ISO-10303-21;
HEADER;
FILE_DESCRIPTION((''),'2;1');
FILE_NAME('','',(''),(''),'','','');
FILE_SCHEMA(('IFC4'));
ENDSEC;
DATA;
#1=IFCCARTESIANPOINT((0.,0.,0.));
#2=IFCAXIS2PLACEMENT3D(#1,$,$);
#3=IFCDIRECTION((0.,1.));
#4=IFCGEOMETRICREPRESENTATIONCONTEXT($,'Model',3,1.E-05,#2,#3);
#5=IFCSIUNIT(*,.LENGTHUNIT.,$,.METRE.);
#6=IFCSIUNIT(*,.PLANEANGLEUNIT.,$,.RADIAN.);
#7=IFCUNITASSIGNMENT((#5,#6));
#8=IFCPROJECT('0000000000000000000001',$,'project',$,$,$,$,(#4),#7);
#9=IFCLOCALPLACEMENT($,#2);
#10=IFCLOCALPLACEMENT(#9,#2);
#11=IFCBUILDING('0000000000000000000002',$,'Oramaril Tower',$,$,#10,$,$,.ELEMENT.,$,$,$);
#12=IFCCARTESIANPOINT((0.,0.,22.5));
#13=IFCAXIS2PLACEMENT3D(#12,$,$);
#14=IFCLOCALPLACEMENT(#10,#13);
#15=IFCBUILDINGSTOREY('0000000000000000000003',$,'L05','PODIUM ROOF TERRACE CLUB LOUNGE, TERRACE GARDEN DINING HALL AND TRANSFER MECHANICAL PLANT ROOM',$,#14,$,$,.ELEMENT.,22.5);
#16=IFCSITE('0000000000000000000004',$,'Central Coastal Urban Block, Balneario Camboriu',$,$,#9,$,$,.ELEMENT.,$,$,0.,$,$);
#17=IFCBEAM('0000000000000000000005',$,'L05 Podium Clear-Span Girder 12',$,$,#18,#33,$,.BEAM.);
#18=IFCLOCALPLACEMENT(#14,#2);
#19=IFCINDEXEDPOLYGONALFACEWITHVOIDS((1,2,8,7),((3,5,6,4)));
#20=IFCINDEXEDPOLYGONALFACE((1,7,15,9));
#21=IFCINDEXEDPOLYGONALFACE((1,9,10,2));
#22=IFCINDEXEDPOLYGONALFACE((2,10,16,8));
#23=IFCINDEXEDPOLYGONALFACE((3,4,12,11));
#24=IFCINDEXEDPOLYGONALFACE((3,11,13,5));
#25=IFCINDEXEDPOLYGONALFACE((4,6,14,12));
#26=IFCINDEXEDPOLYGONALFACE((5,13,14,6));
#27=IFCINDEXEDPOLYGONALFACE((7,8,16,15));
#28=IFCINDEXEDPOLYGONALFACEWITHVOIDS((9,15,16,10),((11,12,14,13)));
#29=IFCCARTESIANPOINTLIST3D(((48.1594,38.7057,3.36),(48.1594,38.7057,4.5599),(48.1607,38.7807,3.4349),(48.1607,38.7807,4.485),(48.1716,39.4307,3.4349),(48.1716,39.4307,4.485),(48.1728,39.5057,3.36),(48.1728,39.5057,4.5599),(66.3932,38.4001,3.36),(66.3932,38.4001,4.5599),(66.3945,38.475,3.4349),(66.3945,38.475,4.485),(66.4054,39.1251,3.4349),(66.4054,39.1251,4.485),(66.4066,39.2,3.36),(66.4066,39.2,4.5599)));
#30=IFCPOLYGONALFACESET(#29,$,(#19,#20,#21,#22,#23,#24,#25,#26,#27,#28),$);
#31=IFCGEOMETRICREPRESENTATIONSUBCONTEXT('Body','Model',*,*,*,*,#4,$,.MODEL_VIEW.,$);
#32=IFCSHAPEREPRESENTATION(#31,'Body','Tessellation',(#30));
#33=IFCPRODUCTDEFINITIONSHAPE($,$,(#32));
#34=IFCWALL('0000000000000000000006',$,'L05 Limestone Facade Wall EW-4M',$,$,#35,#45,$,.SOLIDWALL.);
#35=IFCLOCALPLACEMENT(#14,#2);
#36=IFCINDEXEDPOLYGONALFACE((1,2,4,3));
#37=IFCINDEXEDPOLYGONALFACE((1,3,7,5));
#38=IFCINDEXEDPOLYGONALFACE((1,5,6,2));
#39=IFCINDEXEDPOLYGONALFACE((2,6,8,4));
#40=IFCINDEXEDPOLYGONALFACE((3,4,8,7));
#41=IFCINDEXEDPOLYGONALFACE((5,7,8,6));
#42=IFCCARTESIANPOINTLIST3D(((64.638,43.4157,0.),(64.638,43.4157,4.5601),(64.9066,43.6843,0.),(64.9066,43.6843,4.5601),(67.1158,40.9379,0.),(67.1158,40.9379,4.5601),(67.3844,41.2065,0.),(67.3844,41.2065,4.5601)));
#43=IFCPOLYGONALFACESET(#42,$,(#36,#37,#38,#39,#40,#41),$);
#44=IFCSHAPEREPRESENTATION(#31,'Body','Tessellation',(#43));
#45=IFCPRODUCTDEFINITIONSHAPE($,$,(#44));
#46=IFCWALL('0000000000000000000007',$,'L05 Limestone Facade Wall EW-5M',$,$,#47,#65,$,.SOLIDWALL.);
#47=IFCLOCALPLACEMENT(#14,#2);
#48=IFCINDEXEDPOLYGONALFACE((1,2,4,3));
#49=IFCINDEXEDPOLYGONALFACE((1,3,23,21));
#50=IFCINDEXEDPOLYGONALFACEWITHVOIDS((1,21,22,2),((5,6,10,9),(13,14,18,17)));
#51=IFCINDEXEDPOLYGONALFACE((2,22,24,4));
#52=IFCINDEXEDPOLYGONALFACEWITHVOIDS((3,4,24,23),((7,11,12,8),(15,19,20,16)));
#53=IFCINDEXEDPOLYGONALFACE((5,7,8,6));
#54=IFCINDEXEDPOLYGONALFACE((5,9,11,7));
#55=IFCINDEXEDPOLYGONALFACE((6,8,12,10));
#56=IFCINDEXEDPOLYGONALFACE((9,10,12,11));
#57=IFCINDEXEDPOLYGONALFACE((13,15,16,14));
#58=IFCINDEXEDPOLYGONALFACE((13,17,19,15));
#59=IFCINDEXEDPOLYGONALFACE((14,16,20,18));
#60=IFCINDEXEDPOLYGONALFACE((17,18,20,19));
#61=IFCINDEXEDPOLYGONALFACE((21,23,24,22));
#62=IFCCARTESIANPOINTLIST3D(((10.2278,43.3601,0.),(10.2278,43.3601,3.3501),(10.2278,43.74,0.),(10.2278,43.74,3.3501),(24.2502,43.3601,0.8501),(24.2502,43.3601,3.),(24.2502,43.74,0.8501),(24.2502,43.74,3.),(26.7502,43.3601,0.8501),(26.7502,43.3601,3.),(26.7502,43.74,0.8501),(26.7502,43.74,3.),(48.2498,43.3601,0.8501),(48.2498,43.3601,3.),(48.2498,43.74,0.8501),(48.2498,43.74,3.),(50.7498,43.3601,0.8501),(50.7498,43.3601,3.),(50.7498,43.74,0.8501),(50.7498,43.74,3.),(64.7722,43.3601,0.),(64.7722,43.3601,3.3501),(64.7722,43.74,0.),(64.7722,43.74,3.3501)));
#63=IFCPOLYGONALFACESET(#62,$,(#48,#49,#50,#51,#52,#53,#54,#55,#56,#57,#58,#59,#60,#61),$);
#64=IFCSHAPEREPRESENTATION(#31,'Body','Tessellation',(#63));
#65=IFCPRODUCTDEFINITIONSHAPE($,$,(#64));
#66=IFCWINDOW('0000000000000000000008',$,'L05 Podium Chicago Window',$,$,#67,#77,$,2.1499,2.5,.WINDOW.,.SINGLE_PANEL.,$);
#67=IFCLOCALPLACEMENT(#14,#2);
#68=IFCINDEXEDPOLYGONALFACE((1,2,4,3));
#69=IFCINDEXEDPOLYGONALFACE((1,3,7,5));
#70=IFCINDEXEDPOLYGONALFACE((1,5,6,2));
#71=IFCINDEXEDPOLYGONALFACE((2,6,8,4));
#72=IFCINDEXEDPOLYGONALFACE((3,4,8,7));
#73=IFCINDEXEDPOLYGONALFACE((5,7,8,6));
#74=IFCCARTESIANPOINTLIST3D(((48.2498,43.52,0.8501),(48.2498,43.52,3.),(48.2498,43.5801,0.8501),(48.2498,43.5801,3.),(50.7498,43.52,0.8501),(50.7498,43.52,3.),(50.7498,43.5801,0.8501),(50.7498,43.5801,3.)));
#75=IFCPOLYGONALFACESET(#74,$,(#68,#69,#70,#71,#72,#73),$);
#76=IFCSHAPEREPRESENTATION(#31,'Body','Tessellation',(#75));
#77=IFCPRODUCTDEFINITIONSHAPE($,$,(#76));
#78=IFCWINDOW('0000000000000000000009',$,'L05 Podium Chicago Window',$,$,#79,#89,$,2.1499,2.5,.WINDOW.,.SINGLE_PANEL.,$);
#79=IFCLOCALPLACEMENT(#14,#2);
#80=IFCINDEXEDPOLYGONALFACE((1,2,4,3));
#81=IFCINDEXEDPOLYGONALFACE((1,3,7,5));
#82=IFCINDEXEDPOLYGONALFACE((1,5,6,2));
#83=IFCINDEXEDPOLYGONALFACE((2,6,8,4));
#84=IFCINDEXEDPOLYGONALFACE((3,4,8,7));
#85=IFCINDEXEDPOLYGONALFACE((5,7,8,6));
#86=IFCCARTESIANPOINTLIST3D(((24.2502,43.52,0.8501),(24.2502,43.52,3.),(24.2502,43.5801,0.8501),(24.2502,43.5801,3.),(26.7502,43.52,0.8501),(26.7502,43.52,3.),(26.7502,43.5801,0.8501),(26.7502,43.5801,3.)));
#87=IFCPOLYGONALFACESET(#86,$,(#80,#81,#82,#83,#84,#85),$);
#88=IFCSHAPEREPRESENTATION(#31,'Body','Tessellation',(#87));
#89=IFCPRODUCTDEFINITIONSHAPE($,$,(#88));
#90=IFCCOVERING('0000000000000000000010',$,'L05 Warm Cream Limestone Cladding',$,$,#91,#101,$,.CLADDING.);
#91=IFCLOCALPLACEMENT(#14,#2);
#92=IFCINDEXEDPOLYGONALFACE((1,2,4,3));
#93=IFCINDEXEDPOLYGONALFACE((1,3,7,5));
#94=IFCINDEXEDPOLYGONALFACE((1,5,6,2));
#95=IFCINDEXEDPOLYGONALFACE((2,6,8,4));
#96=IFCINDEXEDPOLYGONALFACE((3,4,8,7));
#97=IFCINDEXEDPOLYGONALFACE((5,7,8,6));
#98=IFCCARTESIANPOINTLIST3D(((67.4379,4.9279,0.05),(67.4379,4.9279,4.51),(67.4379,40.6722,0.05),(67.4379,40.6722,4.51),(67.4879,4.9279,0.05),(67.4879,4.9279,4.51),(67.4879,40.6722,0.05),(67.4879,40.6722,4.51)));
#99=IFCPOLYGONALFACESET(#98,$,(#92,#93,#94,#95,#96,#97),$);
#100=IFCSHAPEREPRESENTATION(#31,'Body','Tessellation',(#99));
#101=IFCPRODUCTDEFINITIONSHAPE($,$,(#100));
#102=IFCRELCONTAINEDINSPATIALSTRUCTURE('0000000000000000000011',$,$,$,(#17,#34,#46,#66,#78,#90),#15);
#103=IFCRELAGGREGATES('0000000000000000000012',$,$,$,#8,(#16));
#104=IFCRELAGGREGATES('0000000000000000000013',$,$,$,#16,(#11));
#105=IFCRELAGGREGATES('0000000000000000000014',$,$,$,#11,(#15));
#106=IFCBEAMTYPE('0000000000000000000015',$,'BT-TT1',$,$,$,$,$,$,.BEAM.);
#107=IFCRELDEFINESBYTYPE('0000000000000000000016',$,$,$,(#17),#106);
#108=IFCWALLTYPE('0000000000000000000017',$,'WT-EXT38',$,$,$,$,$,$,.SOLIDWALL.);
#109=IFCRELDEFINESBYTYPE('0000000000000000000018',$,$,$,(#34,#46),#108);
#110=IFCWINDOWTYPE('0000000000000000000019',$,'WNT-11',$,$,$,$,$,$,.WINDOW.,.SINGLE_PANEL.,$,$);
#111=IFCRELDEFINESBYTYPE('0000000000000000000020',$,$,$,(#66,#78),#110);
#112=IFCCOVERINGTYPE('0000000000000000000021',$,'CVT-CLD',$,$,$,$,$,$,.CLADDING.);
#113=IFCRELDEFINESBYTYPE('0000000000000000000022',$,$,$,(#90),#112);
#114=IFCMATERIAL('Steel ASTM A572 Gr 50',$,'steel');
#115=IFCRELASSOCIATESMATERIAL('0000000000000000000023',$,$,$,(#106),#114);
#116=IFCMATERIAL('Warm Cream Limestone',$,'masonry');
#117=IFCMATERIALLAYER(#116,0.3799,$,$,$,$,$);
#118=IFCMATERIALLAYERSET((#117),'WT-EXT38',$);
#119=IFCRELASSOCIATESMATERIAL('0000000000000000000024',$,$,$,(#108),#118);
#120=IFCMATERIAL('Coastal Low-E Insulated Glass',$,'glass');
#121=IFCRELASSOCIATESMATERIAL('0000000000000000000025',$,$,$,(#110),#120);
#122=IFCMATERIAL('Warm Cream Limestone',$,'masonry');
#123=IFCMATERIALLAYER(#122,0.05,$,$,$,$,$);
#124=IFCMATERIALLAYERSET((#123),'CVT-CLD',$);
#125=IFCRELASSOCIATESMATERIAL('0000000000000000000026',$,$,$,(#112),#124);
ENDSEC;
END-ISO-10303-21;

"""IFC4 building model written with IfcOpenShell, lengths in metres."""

from ifc_helpers import new_model, si_unit, direction, frame, frame_2d, origin, origin_2d, place, context, subcontext, project, spatial, rectangle, hollow_rectangle, extrude, material, layer, layer_set, material_profile, profile_set, type_object, element, fill, save


model = new_model("IFC4")

# Units and contexts
model_context = context("Model", 3, precision=1e-05, world=origin(), true_north=direction((0.0, 1.0)))
body_context = subcontext(model_context, "Body", "Model", "MODEL_VIEW")
ifc_project = project(units=[si_unit("LENGTHUNIT", "METRE"), si_unit("PLANEANGLEUNIT", "RADIAN")], contexts=[model_context])

# Site, building, storey
site_placement = place(None, origin())
site = spatial("IfcSite", under=ifc_project, at=site_placement, Name="Central Coastal Urban Block, Balneario Camboriu", CompositionType="ELEMENT", RefElevation=0.0)
building_placement = place(site_placement, origin())
building = spatial("IfcBuilding", under=site, at=building_placement, Name="Oramaril Tower", CompositionType="ELEMENT")
storey_placement = place(building_placement, frame((0.0, 0.0, 22.5)))
storey = spatial("IfcBuildingStorey", under=building, at=storey_placement, Name="L05", Description="PODIUM ROOF TERRACE CLUB LOUNGE, TERRACE GARDEN DINING HALL AND TRANSFER MECHANICAL PLANT ROOM", CompositionType="ELEMENT", Elevation=22.5)

# Beam
ifc_material_1 = material(Name="Steel ASTM A572 Gr 50", Category="steel")
ifc_material_profile_1 = material_profile(ifc_material_1, hollow_rectangle(XDim=0.8, YDim=1.2, WallThickness=0.075, at=origin_2d()), Name="BOX1200X800X75")
ifc_profile_set_1 = profile_set([ifc_material_profile_1], Name="Steel ASTM A572 Gr 50")
beam_type_1 = type_object("IfcBeamType", Name="BT-TT1", PredefinedType="BEAM", material=ifc_profile_set_1)
beam_1_placement = place(storey_placement, frame((66.3999, 38.8, 3.96), z_axis=(-0.99986, 0.016761, 0.0), x_axis=(-0.016761, -0.99986, 0.0)))
element("IfcBeam", 1, at=beam_1_placement, inside=storey, type_object=beam_type_1, Name="L05 Podium Clear-Span Girder 12", PredefinedType="BEAM", context=body_context, shape_type="SweptSolid", body=[
    extrude(hollow_rectangle(XDim=0.8, YDim=1.2, WallThickness=0.075, at=origin_2d()), origin(), (0.0, 0.0, 1.0), 18.2363),
])

# Wall
ifc_material_2 = material(Name="Warm Cream Limestone", Category="masonry")
ifc_layer_1 = layer(ifc_material_2, 0.3799)
ifc_layer_set_1 = layer_set([ifc_layer_1], Name="WT-EXT38")
wall_type = type_object("IfcWallType", Name="WT-EXT38", PredefinedType="SOLIDWALL", material=ifc_layer_set_1)
wall_1_placement = place(storey_placement, frame((67.25, 41.0723, 0.0), z_axis=(0.0, 0.0, 1.0), x_axis=(-0.707107, 0.707107, 0.0)))
element("IfcWall", 2, at=wall_1_placement, inside=storey, type_object=wall_type, Name="L05 Limestone Facade Wall EW-4M", PredefinedType="SOLIDWALL", context=body_context, shape_type="SweptSolid", body=[
    extrude(rectangle(XDim=3.5042, YDim=0.3799, at=frame_2d((1.752, 0.0))), origin(), (0.0, 0.0, 1.0), 4.5601),
])

# Wall, openings, windows
wall_2_placement = place(storey_placement, frame((64.7722, 43.55, 0.0), z_axis=(0.0, 0.0, 1.0), x_axis=(-1.0, 0.0, 0.0)))
wall_2 = element("IfcWall", 3, at=wall_2_placement, inside=storey, type_object=wall_type, Name="L05 Limestone Facade Wall EW-5M", PredefinedType="SOLIDWALL", context=body_context, shape_type="SweptSolid", body=[
    extrude(rectangle(XDim=54.5444, YDim=0.3799, at=frame_2d((27.2722, 0.0))), origin(), (0.0, 0.0, 1.0), 3.3501),
])
opening_1_placement = place(wall_2_placement, frame((14.0225, 0.0, 0.8501)))
opening_1 = element("IfcOpeningElement", 4, at=opening_1_placement, cuts=wall_2, PredefinedType="OPENING", context=body_context, shape_type="SweptSolid", body=[
    extrude(rectangle(XDim=2.5, YDim=2.1499, at=frame_2d((1.25, 1.075))), frame((0.0, 0.1899, 0.0), z_axis=(0.0, -1.0, 0.0), x_axis=(1.0, 0.0, 0.0)), (0.0, 0.0, 1.0), 0.3799),
])
opening_2_placement = place(wall_2_placement, frame((38.022, 0.0, 0.8501)))
opening_2 = element("IfcOpeningElement", 5, at=opening_2_placement, cuts=wall_2, PredefinedType="OPENING", context=body_context, shape_type="SweptSolid", body=[
    extrude(rectangle(XDim=2.5, YDim=2.1499, at=frame_2d((1.25, 1.075))), frame((0.0, 0.1899, 0.0), z_axis=(0.0, -1.0, 0.0), x_axis=(1.0, 0.0, 0.0)), (0.0, 0.0, 1.0), 0.3799),
])
ifc_material_3 = material(Name="Coastal Low-E Insulated Glass", Category="glass")
window_type = type_object("IfcWindowType", Name="WNT-11", PartitioningType="SINGLE_PANEL", PredefinedType="WINDOW", material=ifc_material_3)
window_1_placement = place(opening_1_placement, origin())
window_1 = element("IfcWindow", 6, at=window_1_placement, inside=storey, type_object=window_type, Name="L05 Podium Chicago Window", OverallHeight=2.1499, OverallWidth=2.5, PartitioningType="SINGLE_PANEL", PredefinedType="WINDOW", context=body_context, shape_type="SweptSolid", body=[
    extrude(rectangle(XDim=2.5, YDim=2.1499, at=frame_2d((1.25, 1.075))), frame((0.0, 0.03, 0.0), z_axis=(0.0, -1.0, 0.0), x_axis=(1.0, 0.0, 0.0)), (0.0, 0.0, 1.0), 0.0601),
])
fill(opening_1, window_1)
window_2_placement = place(opening_2_placement, origin())
window_2 = element("IfcWindow", 7, at=window_2_placement, inside=storey, type_object=window_type, Name="L05 Podium Chicago Window", OverallHeight=2.1499, OverallWidth=2.5, PartitioningType="SINGLE_PANEL", PredefinedType="WINDOW", context=body_context, shape_type="SweptSolid", body=[
    extrude(rectangle(XDim=2.5, YDim=2.1499, at=frame_2d((1.25, 1.075))), frame((0.0, 0.03, 0.0), z_axis=(0.0, -1.0, 0.0), x_axis=(1.0, 0.0, 0.0)), (0.0, 0.0, 1.0), 0.0601),
])
fill(opening_2, window_2)

# Covering
ifc_material_4 = material(Name="Warm Cream Limestone", Category="masonry")
ifc_layer_2 = layer(ifc_material_4, 0.05)
ifc_layer_set_2 = layer_set([ifc_layer_2], Name="CVT-CLD")
covering_type = type_object("IfcCoveringType", Name="CVT-CLD", PredefinedType="CLADDING", material=ifc_layer_set_2)
covering_placement = place(storey_placement, frame((67.4629, 22.8, 0.05), z_axis=(0.0, 0.0, 1.0), x_axis=(0.0, 1.0, 0.0)))
element("IfcCovering", 8, at=covering_placement, inside=storey, type_object=covering_type, Name="L05 Warm Cream Limestone Cladding", PredefinedType="CLADDING", context=body_context, shape_type="SweptSolid", body=[
    extrude(rectangle(XDim=35.7444, YDim=0.05, at=origin_2d()), origin(), (0.0, 0.0, 1.0), 4.46),
])

save(model, "model.ifc")
